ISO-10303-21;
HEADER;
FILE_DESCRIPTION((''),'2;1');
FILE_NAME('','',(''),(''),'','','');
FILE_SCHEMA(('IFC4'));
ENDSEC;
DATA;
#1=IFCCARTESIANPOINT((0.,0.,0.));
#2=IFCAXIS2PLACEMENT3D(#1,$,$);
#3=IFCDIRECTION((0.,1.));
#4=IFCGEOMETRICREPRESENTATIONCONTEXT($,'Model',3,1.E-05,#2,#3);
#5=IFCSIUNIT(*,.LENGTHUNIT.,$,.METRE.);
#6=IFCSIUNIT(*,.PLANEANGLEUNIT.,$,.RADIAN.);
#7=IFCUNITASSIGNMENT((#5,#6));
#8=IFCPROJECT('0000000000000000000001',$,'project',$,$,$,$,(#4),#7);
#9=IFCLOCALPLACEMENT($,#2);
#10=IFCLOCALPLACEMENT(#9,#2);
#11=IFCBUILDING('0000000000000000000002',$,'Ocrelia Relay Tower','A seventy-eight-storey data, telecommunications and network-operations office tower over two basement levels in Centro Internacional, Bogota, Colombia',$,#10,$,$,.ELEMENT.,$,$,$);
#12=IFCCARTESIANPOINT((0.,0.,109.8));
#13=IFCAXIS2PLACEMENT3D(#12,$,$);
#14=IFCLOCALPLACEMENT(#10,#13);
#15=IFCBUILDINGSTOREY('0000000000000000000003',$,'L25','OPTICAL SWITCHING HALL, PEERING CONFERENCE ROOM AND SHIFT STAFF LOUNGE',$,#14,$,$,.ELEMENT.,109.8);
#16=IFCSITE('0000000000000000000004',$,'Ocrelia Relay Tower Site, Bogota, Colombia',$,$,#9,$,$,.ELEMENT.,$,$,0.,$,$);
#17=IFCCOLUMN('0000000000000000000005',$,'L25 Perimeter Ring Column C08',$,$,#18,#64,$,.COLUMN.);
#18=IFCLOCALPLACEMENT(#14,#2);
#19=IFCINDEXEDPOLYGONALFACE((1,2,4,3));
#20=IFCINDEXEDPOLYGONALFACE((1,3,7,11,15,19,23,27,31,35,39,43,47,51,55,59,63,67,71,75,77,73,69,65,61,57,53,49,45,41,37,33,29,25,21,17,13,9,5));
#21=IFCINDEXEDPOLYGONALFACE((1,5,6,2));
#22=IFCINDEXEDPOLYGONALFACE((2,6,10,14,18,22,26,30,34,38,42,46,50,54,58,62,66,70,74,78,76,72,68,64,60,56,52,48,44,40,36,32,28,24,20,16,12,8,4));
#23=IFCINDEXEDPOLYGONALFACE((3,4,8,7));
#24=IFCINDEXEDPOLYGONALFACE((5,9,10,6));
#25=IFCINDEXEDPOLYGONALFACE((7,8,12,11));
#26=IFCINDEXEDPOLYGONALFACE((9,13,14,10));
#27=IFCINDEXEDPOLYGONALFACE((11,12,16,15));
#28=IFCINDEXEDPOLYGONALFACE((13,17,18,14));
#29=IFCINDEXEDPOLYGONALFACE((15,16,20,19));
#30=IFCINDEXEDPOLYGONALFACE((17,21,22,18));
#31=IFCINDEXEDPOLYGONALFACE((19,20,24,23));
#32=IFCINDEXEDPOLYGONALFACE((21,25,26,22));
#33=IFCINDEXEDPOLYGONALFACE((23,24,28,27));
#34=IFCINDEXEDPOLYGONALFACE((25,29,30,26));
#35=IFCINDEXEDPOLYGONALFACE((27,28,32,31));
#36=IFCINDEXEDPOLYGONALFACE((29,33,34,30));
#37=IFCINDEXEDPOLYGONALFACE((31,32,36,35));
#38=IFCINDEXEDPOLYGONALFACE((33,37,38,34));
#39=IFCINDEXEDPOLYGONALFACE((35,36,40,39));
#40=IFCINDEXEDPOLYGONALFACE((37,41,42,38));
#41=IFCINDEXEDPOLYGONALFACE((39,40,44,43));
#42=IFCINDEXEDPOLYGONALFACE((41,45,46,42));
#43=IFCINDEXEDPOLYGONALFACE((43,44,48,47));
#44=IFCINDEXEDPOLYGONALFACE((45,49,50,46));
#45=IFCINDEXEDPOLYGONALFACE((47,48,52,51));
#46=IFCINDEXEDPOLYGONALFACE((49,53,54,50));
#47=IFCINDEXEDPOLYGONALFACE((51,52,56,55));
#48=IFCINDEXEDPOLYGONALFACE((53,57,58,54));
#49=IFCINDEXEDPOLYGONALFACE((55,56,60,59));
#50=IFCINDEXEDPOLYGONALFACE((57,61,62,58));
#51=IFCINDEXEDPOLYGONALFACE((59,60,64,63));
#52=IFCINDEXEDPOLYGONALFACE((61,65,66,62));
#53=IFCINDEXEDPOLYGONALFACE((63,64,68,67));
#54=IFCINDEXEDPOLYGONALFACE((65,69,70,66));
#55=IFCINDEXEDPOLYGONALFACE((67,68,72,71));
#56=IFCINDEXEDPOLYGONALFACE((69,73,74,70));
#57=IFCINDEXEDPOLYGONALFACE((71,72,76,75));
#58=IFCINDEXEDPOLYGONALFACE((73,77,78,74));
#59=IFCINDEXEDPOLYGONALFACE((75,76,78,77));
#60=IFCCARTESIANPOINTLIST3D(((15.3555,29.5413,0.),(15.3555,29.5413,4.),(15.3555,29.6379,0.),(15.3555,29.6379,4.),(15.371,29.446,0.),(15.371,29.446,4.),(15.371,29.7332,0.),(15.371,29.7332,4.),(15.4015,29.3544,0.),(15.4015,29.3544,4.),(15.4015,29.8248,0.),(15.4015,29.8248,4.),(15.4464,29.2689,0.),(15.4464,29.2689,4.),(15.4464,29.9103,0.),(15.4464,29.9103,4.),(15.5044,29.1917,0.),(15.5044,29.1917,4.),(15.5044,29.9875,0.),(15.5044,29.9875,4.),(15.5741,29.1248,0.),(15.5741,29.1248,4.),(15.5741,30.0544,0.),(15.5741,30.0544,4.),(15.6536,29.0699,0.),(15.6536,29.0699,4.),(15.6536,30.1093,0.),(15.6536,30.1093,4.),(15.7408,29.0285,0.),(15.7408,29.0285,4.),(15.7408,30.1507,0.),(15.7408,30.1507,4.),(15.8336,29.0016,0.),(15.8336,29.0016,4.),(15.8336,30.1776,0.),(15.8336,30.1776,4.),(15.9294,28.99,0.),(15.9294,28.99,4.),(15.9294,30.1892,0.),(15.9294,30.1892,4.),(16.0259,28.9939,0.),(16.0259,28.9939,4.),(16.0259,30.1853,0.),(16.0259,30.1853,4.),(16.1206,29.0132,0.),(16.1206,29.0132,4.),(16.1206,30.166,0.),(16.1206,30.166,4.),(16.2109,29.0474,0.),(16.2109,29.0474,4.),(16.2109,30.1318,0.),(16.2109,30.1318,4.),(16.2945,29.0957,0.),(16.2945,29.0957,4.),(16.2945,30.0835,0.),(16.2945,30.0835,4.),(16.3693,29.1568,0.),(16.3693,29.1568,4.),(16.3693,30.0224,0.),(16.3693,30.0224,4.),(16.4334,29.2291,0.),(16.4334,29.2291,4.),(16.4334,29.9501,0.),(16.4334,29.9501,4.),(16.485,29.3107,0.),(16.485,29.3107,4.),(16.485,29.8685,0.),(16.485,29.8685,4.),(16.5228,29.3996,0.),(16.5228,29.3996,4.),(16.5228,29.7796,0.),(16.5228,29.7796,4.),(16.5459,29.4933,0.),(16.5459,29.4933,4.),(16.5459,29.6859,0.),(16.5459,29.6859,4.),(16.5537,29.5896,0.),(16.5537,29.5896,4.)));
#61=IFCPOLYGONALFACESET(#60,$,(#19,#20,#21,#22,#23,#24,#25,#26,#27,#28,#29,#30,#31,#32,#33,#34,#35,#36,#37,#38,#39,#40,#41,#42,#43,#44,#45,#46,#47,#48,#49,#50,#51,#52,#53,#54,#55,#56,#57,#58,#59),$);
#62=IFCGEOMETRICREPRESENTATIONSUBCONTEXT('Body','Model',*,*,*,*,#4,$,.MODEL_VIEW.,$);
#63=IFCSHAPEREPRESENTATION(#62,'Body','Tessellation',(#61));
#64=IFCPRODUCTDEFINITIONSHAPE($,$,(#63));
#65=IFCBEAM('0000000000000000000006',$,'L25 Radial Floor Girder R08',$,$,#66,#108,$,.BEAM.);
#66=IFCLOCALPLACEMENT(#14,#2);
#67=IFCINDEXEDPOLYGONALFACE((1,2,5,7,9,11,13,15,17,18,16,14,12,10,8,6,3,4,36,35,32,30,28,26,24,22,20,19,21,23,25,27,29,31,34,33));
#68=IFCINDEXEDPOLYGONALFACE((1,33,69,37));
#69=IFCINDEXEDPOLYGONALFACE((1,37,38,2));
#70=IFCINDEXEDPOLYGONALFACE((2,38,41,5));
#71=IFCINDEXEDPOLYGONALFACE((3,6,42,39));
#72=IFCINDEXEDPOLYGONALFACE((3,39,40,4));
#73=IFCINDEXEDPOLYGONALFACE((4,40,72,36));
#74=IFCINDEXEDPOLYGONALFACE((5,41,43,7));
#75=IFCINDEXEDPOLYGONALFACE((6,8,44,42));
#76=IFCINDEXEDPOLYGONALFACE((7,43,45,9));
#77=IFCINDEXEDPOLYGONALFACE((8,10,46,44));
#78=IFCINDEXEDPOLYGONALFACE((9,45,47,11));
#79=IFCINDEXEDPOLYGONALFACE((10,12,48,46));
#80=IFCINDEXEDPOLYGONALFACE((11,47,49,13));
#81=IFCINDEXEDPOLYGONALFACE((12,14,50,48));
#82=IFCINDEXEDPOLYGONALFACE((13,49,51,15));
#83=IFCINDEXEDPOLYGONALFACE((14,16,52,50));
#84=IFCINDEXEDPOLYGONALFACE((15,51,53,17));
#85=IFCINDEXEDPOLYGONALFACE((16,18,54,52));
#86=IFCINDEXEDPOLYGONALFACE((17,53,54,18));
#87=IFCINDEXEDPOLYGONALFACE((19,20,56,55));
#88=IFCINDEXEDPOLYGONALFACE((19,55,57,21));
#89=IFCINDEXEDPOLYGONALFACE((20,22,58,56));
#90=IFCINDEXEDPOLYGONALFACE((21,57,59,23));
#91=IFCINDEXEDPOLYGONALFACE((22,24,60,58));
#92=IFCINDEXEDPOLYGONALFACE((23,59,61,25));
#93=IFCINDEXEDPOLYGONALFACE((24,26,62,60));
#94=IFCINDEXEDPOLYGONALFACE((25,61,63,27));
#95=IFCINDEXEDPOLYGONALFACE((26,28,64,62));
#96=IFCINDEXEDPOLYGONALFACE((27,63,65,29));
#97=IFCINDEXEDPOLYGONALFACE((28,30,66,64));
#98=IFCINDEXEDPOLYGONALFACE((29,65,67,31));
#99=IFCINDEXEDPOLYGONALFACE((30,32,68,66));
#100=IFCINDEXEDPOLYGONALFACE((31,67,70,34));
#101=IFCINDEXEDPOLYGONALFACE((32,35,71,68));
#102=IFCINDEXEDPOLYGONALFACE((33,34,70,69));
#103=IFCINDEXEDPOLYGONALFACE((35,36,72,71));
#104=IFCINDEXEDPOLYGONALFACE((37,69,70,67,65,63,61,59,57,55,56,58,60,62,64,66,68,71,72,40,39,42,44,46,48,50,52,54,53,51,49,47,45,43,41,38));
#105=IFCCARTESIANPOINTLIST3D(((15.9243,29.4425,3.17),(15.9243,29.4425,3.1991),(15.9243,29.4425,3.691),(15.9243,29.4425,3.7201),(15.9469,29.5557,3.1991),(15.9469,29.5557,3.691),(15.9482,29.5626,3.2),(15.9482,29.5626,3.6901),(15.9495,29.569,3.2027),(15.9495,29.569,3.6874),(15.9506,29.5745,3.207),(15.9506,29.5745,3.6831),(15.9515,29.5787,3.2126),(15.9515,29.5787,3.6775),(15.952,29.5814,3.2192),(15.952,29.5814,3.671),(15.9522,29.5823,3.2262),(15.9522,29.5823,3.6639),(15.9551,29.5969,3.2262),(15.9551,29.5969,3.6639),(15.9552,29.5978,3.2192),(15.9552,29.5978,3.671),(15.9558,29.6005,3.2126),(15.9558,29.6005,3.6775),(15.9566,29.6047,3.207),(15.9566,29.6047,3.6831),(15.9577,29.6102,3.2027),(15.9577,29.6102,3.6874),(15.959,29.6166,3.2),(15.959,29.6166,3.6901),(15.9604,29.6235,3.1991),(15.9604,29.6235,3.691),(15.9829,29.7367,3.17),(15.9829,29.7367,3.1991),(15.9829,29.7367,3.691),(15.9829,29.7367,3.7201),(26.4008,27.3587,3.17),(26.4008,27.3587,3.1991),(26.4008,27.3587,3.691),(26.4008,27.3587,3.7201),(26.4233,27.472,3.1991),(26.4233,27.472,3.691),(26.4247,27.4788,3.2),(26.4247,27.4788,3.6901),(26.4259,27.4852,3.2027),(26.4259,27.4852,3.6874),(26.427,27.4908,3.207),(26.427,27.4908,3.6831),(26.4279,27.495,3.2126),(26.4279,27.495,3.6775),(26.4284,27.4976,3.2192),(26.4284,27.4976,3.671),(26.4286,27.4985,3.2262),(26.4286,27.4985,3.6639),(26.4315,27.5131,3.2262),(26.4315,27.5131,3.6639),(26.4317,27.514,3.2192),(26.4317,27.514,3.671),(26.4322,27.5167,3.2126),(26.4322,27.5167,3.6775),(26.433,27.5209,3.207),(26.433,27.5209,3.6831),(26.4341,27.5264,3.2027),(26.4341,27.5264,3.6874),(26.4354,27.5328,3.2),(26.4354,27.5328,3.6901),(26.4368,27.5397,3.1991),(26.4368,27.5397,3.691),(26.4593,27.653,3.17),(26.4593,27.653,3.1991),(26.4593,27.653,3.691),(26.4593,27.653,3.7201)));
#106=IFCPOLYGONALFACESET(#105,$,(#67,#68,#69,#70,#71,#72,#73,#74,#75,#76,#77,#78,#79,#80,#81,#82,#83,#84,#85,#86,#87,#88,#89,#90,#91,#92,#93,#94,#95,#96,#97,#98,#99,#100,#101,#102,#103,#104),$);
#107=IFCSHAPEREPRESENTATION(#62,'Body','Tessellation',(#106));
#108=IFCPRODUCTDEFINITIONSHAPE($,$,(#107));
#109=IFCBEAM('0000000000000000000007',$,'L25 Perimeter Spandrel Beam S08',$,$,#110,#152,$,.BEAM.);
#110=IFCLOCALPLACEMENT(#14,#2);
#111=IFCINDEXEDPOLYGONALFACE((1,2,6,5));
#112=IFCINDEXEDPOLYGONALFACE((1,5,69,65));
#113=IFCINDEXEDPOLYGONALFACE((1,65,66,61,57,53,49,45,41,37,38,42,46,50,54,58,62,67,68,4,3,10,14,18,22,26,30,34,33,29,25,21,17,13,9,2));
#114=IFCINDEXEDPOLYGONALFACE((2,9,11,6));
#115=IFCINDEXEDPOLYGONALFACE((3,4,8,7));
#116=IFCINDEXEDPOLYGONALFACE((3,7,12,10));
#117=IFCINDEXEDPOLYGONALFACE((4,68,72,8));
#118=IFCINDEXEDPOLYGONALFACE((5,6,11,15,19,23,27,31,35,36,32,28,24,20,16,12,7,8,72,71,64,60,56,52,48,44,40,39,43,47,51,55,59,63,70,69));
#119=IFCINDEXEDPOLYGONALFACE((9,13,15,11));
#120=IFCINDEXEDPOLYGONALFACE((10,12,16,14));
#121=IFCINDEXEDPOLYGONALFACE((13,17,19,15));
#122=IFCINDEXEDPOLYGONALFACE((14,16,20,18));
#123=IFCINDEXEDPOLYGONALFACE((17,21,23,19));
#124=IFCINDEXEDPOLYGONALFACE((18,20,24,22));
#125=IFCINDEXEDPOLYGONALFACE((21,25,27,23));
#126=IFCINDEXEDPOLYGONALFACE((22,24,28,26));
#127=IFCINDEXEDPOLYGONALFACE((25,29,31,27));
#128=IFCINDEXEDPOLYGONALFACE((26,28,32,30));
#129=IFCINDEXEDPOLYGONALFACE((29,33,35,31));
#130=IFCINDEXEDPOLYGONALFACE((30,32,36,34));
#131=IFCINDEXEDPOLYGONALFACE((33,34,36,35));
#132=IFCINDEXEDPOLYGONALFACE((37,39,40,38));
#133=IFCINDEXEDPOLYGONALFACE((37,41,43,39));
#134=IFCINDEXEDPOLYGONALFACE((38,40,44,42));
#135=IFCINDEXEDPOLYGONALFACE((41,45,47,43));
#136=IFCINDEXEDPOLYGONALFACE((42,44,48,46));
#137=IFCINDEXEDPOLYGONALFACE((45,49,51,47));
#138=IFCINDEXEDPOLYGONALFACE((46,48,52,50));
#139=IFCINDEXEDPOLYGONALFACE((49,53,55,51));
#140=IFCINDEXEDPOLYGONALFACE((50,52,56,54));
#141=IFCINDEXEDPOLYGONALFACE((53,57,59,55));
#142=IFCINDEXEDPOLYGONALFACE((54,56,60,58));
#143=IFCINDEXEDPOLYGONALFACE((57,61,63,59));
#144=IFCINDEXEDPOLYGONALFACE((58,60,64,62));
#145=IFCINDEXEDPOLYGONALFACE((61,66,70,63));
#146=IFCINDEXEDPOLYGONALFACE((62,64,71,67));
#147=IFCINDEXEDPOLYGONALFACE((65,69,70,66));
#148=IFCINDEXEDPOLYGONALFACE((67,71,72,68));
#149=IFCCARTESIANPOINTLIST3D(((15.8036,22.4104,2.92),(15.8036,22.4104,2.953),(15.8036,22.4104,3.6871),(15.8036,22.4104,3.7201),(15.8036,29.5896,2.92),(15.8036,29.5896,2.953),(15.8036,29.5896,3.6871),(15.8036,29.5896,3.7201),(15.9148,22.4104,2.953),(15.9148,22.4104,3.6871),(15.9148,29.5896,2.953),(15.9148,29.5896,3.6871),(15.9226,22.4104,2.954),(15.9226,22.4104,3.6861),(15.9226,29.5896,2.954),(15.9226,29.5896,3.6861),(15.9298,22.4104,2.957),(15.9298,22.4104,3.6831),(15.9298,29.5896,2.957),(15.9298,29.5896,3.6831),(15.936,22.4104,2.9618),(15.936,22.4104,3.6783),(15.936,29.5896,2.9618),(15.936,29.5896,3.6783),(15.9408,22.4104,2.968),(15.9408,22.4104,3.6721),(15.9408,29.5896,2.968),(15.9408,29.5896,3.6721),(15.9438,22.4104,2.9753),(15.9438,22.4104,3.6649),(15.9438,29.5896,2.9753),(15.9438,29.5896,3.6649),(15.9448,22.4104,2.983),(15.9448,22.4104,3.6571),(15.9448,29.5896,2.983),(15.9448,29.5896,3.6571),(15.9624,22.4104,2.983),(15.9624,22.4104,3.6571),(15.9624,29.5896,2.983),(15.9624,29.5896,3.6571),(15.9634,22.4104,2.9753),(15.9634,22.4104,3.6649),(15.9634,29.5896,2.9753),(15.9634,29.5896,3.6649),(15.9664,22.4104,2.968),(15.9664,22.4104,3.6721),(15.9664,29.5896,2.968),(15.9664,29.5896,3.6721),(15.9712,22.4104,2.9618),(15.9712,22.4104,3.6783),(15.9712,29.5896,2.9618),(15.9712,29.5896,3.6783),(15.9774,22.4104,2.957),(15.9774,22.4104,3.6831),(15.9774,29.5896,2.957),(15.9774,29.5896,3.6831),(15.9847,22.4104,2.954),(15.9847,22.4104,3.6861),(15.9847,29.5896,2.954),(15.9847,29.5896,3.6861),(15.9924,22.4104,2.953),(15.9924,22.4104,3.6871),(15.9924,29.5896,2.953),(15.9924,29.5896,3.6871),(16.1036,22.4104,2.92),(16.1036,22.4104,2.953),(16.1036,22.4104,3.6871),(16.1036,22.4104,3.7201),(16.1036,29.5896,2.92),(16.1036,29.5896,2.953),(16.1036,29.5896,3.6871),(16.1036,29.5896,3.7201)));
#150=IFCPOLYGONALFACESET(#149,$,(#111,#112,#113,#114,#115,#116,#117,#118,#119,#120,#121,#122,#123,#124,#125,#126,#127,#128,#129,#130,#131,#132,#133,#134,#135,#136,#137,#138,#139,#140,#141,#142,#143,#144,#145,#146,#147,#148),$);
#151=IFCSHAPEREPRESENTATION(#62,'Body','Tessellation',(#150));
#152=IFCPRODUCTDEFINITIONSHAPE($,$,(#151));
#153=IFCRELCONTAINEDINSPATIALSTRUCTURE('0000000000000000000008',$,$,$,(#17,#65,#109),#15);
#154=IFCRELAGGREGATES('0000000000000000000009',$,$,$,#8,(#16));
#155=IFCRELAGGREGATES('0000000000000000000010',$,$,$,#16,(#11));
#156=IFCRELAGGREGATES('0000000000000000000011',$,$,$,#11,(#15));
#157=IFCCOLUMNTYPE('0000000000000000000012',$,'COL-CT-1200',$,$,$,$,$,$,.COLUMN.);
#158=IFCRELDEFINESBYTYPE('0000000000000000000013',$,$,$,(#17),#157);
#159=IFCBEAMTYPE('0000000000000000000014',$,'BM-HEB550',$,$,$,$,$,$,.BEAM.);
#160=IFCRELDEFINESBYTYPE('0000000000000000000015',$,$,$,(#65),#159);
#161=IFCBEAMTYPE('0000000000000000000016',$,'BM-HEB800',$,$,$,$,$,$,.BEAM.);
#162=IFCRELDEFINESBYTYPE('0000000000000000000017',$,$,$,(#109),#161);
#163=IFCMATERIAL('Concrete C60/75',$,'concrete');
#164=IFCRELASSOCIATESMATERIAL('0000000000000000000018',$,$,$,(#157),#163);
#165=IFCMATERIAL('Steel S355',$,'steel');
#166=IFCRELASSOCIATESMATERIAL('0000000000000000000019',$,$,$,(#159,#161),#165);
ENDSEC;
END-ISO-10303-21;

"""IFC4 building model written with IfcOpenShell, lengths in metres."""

from ifc_helpers import new_model, si_unit, direction, frame, origin, origin_2d, place, context, subcontext, project, spatial, circle, i_section, extrude, material, material_profile, profile_set, type_object, element, save


model = new_model("IFC4")

# Units and contexts
model_context = context("Model", 3, precision=1e-05, world=origin(), true_north=direction((0.0, 1.0)))
body_context = subcontext(model_context, "Body", "Model", "MODEL_VIEW")
ifc_project = project(units=[si_unit("LENGTHUNIT", "METRE"), si_unit("PLANEANGLEUNIT", "RADIAN")], contexts=[model_context])

# Site, building, storey
site_placement = place(None, origin())
site = spatial("IfcSite", under=ifc_project, at=site_placement, Name="Ocrelia Relay Tower Site, Bogota, Colombia", CompositionType="ELEMENT", RefElevation=0.0)
building_placement = place(site_placement, origin())
building = spatial("IfcBuilding", under=site, at=building_placement, Name="Ocrelia Relay Tower", Description="A seventy-eight-storey data, telecommunications and network-operations office tower over two basement levels in Centro Internacional, Bogota, Colombia", CompositionType="ELEMENT")
storey_placement = place(building_placement, frame((0.0, 0.0, 109.8)))
storey = spatial("IfcBuildingStorey", under=building, at=storey_placement, Name="L25", Description="OPTICAL SWITCHING HALL, PEERING CONFERENCE ROOM AND SHIFT STAFF LOUNGE", CompositionType="ELEMENT", Elevation=109.8)

# Column
ifc_material_1 = material(Name="Concrete C60/75", Category="concrete")
ifc_material_profile_1 = material_profile(ifc_material_1, circle(Radius=0.6001, at=origin_2d()), Name="RC-CIR-1200")
ifc_profile_set_1 = profile_set([ifc_material_profile_1], Name="Concrete C60/75")
column_type = type_object("IfcColumnType", Name="COL-CT-1200", PredefinedType="COLUMN", material=ifc_profile_set_1)
column_placement = place(storey_placement, frame((15.9536, 29.5896, 0.0), z_axis=(0.0, 0.0, 1.0), x_axis=(1.0, 0.0, 0.0)))
element("IfcColumn", 1, at=column_placement, inside=storey, type_object=column_type, Name="L25 Perimeter Ring Column C08", PredefinedType="COLUMN", context=body_context, shape_type="SweptSolid", body=[
    extrude(circle(Radius=0.6001, at=origin_2d()), origin(), (0.0, 0.0, 1.0), 4.0),
])

# Beams
ifc_material_2 = material(Name="Steel S355", Category="steel")
ifc_material_profile_2 = material_profile(ifc_material_2, i_section(OverallWidth=0.3, OverallDepth=0.55, WebThickness=0.0149, FlangeThickness=0.0291, FilletRadius=0.0271, at=origin_2d()), Name="HEB 550")
ifc_profile_set_2 = profile_set([ifc_material_profile_2], Name="Steel S355")
beam_type_1 = type_object("IfcBeamType", Name="BM-HEB550", PredefinedType="BEAM", material=ifc_profile_set_2)
beam_1_placement = place(storey_placement, frame((15.9536, 29.5896, 3.4451), z_axis=(0.980788, -0.195079, 0.0), x_axis=(0.195079, 0.980788, 0.0)))
element("IfcBeam", 2, at=beam_1_placement, inside=storey, type_object=beam_type_1, Name="L25 Radial Floor Girder R08", PredefinedType="BEAM", context=body_context, shape_type="SweptSolid", body=[
    extrude(i_section(OverallWidth=0.3, OverallDepth=0.55, WebThickness=0.0149, FlangeThickness=0.0291, FilletRadius=0.0271, at=origin_2d()), origin(), (0.0, 0.0, 1.0), 10.6816),
])
ifc_material_profile_3 = material_profile(ifc_material_2, i_section(OverallWidth=0.3, OverallDepth=0.8, WebThickness=0.0176, FlangeThickness=0.033, FilletRadius=0.03, at=origin_2d()), Name="HEB 800")
ifc_profile_set_3 = profile_set([ifc_material_profile_3], Name="Steel S355")
beam_type_2 = type_object("IfcBeamType", Name="BM-HEB800", PredefinedType="BEAM", material=ifc_profile_set_3)
beam_2_placement = place(storey_placement, frame((15.9536, 29.5896, 3.3201), z_axis=(0.0, -1.0, 0.0), x_axis=(1.0, 0.0, 0.0)))
element("IfcBeam", 3, at=beam_2_placement, inside=storey, type_object=beam_type_2, Name="L25 Perimeter Spandrel Beam S08", PredefinedType="BEAM", context=body_context, shape_type="SweptSolid", body=[
    extrude(i_section(OverallWidth=0.3, OverallDepth=0.8, WebThickness=0.0176, FlangeThickness=0.033, FilletRadius=0.03, at=origin_2d()), origin(), (0.0, 0.0, 1.0), 7.1792),
])

save(model, "model.ifc")
